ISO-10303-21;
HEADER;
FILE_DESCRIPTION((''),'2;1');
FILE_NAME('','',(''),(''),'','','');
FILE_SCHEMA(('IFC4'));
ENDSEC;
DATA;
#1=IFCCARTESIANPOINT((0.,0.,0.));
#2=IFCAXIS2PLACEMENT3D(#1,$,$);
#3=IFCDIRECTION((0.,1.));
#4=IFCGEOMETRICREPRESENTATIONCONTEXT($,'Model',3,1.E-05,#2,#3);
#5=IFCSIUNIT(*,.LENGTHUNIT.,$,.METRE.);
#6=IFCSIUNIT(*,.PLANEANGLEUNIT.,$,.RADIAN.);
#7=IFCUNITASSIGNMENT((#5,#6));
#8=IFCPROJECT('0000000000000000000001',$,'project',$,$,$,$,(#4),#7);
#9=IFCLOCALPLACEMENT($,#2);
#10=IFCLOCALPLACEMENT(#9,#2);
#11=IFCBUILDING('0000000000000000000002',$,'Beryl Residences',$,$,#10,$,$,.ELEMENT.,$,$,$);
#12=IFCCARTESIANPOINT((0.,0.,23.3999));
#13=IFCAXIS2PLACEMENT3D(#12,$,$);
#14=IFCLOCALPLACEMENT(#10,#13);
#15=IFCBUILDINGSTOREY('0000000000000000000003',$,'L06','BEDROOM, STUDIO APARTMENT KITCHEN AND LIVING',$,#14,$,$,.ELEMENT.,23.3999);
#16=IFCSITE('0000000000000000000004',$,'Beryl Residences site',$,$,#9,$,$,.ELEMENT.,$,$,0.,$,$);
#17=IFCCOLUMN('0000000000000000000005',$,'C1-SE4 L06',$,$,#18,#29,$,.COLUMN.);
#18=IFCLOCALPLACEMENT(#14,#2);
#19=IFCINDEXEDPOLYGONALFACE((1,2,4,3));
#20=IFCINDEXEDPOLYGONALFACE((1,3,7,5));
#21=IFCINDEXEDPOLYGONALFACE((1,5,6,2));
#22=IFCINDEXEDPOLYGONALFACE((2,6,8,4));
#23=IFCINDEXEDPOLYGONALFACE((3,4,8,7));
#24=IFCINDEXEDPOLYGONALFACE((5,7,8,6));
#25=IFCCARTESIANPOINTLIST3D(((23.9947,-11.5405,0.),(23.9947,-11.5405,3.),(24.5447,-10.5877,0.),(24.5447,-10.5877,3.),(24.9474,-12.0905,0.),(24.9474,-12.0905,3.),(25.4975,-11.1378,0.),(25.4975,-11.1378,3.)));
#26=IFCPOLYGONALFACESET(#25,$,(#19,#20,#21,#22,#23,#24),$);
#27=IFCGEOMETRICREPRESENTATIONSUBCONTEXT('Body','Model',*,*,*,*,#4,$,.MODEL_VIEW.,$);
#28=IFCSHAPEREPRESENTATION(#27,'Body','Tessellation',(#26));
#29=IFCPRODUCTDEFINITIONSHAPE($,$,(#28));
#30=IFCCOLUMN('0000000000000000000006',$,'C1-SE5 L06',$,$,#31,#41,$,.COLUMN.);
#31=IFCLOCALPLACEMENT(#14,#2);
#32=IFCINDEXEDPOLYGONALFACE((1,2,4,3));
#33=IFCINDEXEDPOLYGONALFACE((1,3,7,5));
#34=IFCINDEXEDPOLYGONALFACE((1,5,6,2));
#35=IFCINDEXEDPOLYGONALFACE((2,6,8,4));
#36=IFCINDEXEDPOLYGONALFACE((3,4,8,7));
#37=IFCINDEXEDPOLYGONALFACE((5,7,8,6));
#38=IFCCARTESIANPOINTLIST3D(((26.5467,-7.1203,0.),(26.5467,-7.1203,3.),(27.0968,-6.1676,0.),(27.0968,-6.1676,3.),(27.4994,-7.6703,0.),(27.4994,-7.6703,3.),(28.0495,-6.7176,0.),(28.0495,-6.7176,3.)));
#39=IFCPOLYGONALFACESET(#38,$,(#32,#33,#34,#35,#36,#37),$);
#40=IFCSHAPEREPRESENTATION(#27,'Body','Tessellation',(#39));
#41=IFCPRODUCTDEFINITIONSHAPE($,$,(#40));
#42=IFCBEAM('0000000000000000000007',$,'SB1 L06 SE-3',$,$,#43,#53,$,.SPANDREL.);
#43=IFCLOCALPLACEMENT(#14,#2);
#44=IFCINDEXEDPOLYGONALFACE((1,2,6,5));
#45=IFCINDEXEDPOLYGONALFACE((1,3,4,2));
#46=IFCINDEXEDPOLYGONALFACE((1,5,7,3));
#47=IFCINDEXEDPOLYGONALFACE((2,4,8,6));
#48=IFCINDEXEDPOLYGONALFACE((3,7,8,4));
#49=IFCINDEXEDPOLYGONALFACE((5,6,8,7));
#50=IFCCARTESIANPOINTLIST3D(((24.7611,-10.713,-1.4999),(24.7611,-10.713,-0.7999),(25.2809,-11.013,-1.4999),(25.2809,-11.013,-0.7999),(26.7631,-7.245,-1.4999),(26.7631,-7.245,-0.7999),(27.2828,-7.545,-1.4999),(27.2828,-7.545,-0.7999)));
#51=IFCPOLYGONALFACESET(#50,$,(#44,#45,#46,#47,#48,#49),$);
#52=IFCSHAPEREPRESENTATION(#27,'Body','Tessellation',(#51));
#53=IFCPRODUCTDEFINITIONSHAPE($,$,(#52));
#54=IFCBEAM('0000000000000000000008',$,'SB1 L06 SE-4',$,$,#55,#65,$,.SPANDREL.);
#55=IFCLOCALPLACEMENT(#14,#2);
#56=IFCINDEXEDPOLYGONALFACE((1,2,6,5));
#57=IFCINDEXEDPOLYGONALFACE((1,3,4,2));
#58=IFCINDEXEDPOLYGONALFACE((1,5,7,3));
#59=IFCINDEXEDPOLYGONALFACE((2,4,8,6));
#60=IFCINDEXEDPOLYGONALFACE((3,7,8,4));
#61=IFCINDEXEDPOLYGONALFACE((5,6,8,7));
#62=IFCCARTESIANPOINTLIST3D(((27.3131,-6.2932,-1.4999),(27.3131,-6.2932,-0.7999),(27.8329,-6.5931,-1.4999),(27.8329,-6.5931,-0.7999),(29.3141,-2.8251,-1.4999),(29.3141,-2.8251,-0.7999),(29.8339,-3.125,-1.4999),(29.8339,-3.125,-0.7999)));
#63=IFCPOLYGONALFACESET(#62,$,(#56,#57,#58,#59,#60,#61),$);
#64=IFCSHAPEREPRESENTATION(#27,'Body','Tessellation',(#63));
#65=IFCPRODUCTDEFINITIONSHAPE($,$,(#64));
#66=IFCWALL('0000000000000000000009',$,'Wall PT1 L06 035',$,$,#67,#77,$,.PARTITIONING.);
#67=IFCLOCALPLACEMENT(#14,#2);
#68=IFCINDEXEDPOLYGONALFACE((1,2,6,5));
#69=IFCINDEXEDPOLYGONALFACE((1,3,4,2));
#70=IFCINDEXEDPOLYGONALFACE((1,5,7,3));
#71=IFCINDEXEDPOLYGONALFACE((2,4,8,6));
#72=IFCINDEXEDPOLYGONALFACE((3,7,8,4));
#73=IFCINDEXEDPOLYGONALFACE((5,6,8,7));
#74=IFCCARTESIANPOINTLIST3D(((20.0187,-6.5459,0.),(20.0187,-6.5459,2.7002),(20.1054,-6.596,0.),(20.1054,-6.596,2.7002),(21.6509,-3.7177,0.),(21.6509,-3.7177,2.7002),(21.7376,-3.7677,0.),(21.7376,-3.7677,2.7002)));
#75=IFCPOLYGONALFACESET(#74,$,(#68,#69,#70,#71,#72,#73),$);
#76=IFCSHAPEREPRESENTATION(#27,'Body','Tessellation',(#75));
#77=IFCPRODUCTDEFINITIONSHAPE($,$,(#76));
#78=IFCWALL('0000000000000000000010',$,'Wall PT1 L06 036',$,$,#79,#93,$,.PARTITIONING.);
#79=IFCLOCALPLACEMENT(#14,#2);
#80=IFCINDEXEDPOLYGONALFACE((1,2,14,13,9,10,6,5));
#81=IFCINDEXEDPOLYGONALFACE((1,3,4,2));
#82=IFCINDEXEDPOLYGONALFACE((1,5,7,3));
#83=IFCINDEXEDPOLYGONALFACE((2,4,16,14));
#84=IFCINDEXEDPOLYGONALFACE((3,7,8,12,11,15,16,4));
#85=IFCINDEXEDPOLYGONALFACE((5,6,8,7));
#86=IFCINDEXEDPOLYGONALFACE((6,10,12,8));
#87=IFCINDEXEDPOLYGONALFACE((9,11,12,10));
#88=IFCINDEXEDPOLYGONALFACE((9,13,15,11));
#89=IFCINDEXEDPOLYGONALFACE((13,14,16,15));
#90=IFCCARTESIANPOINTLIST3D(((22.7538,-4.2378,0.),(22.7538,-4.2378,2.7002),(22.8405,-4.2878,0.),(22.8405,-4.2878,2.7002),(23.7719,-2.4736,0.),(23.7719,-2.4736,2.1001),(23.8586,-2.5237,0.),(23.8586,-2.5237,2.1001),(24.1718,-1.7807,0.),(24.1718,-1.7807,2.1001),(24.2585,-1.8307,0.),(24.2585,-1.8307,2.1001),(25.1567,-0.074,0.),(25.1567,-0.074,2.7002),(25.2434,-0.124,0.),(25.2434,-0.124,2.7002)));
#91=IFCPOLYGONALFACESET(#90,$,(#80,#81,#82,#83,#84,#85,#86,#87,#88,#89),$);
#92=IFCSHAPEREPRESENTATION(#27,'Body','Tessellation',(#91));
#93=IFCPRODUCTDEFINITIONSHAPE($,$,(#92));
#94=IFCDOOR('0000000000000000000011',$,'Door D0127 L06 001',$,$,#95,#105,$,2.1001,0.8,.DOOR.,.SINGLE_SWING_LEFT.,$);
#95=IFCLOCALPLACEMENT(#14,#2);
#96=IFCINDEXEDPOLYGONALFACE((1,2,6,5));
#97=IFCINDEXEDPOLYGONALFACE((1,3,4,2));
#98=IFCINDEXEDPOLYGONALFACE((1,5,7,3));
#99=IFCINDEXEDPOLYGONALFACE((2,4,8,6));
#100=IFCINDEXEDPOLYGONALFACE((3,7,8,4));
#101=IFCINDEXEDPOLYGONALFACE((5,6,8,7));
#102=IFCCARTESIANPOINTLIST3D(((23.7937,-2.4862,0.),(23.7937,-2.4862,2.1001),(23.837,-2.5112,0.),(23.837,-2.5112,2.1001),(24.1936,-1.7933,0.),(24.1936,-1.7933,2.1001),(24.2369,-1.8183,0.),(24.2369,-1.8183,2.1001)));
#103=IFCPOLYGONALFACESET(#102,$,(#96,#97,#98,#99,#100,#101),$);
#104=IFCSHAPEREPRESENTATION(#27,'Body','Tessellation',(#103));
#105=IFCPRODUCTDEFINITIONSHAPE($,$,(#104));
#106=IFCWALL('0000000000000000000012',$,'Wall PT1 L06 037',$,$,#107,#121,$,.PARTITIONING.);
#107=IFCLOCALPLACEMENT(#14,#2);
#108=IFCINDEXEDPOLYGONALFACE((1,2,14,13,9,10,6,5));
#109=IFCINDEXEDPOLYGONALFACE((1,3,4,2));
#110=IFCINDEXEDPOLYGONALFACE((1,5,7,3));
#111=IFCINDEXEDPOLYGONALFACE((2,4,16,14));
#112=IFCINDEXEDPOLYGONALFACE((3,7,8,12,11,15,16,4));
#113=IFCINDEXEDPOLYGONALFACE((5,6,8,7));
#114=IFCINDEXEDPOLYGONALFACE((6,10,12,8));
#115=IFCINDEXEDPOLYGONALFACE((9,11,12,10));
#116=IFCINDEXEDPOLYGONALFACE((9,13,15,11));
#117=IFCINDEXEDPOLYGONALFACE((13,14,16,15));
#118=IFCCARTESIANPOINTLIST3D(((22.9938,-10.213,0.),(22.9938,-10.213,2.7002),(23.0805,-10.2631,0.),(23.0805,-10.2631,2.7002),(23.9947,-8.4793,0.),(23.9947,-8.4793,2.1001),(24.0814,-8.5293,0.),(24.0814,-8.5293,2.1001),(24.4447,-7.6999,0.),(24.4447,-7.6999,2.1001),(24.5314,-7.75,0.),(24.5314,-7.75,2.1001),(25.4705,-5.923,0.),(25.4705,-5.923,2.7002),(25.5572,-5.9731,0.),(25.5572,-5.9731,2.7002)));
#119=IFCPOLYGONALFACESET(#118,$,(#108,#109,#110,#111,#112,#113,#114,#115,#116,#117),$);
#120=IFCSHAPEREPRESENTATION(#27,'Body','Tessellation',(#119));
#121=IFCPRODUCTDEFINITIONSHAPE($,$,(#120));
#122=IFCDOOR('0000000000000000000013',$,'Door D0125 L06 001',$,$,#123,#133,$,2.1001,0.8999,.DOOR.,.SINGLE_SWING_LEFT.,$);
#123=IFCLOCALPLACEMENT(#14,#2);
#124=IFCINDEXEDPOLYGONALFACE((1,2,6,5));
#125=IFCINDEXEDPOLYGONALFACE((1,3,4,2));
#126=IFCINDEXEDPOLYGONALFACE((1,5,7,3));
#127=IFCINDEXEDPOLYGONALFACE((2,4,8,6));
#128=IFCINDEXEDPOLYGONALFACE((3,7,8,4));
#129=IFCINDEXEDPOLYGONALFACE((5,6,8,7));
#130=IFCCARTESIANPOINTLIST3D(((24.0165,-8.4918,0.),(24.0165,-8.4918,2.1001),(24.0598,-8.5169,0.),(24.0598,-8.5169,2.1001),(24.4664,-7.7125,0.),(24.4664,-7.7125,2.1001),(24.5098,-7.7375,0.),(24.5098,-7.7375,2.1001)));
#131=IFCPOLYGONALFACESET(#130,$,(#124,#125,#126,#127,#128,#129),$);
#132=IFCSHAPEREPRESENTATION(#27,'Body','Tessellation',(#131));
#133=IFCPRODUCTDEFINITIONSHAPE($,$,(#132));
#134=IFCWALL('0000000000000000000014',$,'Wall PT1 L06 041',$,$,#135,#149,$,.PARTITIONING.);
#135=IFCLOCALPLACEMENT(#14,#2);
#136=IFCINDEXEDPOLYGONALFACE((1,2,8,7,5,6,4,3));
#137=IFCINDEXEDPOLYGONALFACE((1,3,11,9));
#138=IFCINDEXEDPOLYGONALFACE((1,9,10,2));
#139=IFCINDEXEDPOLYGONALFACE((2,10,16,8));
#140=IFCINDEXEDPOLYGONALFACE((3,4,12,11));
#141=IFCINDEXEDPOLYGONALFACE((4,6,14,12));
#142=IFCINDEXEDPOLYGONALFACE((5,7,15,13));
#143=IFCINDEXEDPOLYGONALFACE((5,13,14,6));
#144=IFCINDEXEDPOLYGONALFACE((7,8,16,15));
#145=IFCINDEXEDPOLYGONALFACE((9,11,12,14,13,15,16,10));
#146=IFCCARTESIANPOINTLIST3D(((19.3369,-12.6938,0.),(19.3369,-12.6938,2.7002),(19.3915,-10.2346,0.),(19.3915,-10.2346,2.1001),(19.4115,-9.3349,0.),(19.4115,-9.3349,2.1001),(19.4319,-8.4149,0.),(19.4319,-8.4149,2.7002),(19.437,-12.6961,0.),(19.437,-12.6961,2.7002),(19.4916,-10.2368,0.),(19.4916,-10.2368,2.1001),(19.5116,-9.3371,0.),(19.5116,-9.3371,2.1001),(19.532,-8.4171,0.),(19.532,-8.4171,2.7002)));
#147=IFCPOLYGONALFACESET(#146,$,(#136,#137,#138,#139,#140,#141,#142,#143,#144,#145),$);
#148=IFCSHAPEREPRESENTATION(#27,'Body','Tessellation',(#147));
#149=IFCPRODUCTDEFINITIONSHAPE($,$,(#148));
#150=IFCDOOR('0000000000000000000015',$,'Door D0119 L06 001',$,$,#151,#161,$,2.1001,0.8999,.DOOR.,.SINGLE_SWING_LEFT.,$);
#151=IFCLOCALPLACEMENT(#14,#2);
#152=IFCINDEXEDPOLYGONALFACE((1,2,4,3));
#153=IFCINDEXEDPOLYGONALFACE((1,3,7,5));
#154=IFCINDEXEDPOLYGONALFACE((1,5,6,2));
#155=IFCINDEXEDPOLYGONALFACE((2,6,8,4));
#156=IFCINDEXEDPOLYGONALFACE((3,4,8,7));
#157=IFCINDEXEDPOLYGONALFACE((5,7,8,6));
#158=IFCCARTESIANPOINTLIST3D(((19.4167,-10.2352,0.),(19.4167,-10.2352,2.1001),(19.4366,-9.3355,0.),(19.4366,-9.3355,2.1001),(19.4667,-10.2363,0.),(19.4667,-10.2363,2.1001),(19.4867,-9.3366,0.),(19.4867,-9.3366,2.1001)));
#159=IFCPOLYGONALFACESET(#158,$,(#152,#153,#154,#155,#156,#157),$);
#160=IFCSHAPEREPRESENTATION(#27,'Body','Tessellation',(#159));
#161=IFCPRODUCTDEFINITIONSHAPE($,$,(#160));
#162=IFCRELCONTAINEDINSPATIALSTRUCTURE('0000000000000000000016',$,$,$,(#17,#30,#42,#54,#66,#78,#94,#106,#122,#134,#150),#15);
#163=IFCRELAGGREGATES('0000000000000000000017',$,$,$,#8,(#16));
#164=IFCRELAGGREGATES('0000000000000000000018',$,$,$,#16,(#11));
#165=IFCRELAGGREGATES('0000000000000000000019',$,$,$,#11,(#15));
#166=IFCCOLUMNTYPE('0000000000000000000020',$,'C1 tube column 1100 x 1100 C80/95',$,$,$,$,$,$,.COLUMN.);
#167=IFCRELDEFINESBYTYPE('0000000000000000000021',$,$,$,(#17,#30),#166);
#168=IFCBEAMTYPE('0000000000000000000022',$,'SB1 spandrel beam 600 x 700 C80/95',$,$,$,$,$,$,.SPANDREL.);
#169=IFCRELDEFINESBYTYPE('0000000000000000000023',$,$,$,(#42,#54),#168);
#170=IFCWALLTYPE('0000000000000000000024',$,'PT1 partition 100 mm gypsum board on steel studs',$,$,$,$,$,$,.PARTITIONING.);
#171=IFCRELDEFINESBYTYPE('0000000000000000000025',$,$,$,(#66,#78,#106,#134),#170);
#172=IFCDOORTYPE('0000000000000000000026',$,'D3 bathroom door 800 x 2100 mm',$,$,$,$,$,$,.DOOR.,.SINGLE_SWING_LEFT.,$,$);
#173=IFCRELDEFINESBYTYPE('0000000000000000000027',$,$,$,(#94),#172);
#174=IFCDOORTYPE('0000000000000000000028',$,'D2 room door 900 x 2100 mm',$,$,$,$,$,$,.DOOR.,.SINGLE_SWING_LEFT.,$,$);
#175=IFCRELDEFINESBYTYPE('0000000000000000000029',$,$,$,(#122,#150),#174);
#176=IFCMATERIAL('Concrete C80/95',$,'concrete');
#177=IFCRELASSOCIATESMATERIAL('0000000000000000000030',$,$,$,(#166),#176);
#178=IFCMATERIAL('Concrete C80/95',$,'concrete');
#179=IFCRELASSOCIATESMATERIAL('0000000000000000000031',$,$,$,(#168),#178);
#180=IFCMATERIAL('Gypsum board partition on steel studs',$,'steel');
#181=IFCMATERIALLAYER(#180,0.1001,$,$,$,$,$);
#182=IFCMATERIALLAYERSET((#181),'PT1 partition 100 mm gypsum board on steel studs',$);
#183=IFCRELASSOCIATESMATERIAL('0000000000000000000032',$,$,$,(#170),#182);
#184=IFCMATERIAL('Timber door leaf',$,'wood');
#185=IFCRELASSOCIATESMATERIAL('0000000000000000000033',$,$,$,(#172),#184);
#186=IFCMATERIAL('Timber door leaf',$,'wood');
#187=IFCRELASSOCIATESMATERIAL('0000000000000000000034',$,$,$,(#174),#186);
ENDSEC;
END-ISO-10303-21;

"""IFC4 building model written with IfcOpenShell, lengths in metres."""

from ifc_helpers import new_model, si_unit, direction, frame, frame_2d, origin, origin_2d, place, context, subcontext, project, spatial, rectangle, extrude, material, layer, layer_set, material_profile, profile_set, type_object, element, fill, save


model = new_model("IFC4")

# Units and contexts
model_context = context("Model", 3, precision=1e-05, world=origin(), true_north=direction((0.0, 1.0)))
body_context = subcontext(model_context, "Body", "Model", "MODEL_VIEW")
ifc_project = project(units=[si_unit("LENGTHUNIT", "METRE"), si_unit("PLANEANGLEUNIT", "RADIAN")], contexts=[model_context])

# Site, building, storey
site_placement = place(None, origin())
site = spatial("IfcSite", under=ifc_project, at=site_placement, Name="Beryl Residences site", CompositionType="ELEMENT", RefElevation=0.0)
building_placement = place(site_placement, origin())
building = spatial("IfcBuilding", under=site, at=building_placement, Name="Beryl Residences", CompositionType="ELEMENT")
storey_placement = place(building_placement, frame((0.0, 0.0, 23.3999)))
storey = spatial("IfcBuildingStorey", under=building, at=storey_placement, Name="L06", Description="BEDROOM, STUDIO APARTMENT KITCHEN AND LIVING", CompositionType="ELEMENT", Elevation=23.3999)

# Columns
ifc_material_1 = material(Name="Concrete C80/95", Category="concrete")
ifc_material_profile_1 = material_profile(ifc_material_1, rectangle(XDim=1.1001, YDim=1.1001, at=origin_2d()))
ifc_profile_set_1 = profile_set([ifc_material_profile_1], Name="Concrete C80/95")
column_type = type_object("IfcColumnType", Name="C1 tube column 1100 x 1100 C80/95", PredefinedType="COLUMN", material=ifc_profile_set_1)
for number, where, z_axis, x_axis, name in (
    (1, (24.7461, -11.3391, 0.0), (0.0, 0.0, 1.0), (0.499985, 0.866034, 0.0), "C1-SE4 L06"),
    (2, (27.2981, -6.9189, 0.0), (0.0, 0.0, 1.0), (0.499985, 0.866034, 0.0), "C1-SE5 L06"),
):
    element("IfcColumn", number, at=place(storey_placement, frame(where, z_axis=z_axis, x_axis=x_axis)), inside=storey, type_object=column_type, Name=name, PredefinedType="COLUMN", context=body_context, shape_type="SweptSolid", body=[
        extrude(rectangle(XDim=1.1001, YDim=1.1001, at=origin_2d()), origin(), (0.0, 0.0, 1.0), 3.0),
    ])

# Beams
ifc_material_2 = material(Name="Concrete C80/95", Category="concrete")
ifc_material_profile_2 = material_profile(ifc_material_2, rectangle(XDim=0.6001, YDim=0.7, at=origin_2d()))
ifc_profile_set_2 = profile_set([ifc_material_profile_2], Name="Concrete C80/95")
beam_type = type_object("IfcBeamType", Name="SB1 spandrel beam 600 x 700 C80/95", PredefinedType="SPANDREL", material=ifc_profile_set_2)
beam_1_placement = place(storey_placement, frame((25.021, -10.863, -1.1499), z_axis=(0.499942, 0.866059, 0.0), x_axis=(-0.866059, 0.499942, 0.0)))
element("IfcBeam", 3, at=beam_1_placement, inside=storey, type_object=beam_type, Name="SB1 L06 SE-3", PredefinedType="SPANDREL", context=body_context, shape_type="SweptSolid", body=[
    extrude(rectangle(XDim=0.6001, YDim=0.7, at=origin_2d()), origin(), (0.0, 0.0, 1.0), 4.0044),
])
beam_2_placement = place(storey_placement, frame((27.573, -6.4431, -1.1499), z_axis=(0.499759, 0.866164, 0.0), x_axis=(-0.866164, 0.499759, 0.0)))
element("IfcBeam", 4, at=beam_2_placement, inside=storey, type_object=beam_type, Name="SB1 L06 SE-4", PredefinedType="SPANDREL", context=body_context, shape_type="SweptSolid", body=[
    extrude(rectangle(XDim=0.6001, YDim=0.7, at=origin_2d()), origin(), (0.0, 0.0, 1.0), 4.0039),
])

# Wall
ifc_material_3 = material(Name="Gypsum board partition on steel studs", Category="steel")
ifc_layer = layer(ifc_material_3, 0.1001)
ifc_layer_set = layer_set([ifc_layer], Name="PT1 partition 100 mm gypsum board on steel studs")
wall_type = type_object("IfcWallType", Name="PT1 partition 100 mm gypsum board on steel studs", PredefinedType="PARTITIONING", material=ifc_layer_set)
wall_1_placement = place(storey_placement, frame((20.062, -6.571, 0.0), z_axis=(0.0, 0.0, 1.0), x_axis=(0.49983, 0.866123, 0.0)))
element("IfcWall", 5, at=wall_1_placement, inside=storey, type_object=wall_type, Name="Wall PT1 L06 035", PredefinedType="PARTITIONING", context=body_context, shape_type="SweptSolid", body=[
    extrude(rectangle(XDim=3.2654, YDim=0.1001, at=frame_2d((1.6328, 0.0))), origin(), (0.0, 0.0, 1.0), 2.7002),
])

# Walls, openings, doors
wall_2_placement = place(storey_placement, frame((22.7971, -4.2629, 0.0), z_axis=(0.0, 0.0, 1.0), x_axis=(0.499821, 0.866129, 0.0)))
wall_2 = element("IfcWall", 6, at=wall_2_placement, inside=storey, type_object=wall_type, Name="Wall PT1 L06 036", PredefinedType="PARTITIONING", context=body_context, shape_type="SweptSolid", body=[
    extrude(rectangle(XDim=4.8074, YDim=0.1001, at=frame_2d((2.4038, 0.0))), origin(), (0.0, 0.0, 1.0), 2.7002),
])
opening_1_placement = place(wall_2_placement, frame((2.0371, 0.0, 0.0)))
opening_1 = element("IfcOpeningElement", 7, at=opening_1_placement, cuts=wall_2, PredefinedType="OPENING", context=body_context, shape_type="SweptSolid", body=[
    extrude(rectangle(XDim=0.8, YDim=2.1001, at=frame_2d((0.3999, 1.05))), frame((0.0, 0.0601, 0.0), z_axis=(0.0, -1.0, 0.0), x_axis=(1.0, 0.0, 0.0)), (0.0, 0.0, 1.0), 0.1201),
])
ifc_material_4 = material(Name="Timber door leaf", Category="wood")
door_type_1 = type_object("IfcDoorType", Name="D3 bathroom door 800 x 2100 mm", OperationType="SINGLE_SWING_LEFT", PredefinedType="DOOR", material=ifc_material_4)
door_1_placement = place(opening_1_placement, origin())
door_1 = element("IfcDoor", 8, at=door_1_placement, inside=storey, type_object=door_type_1, Name="Door D0127 L06 001", OperationType="SINGLE_SWING_LEFT", OverallHeight=2.1001, OverallWidth=0.8, PredefinedType="DOOR", context=body_context, shape_type="SweptSolid", body=[
    extrude(rectangle(XDim=0.8, YDim=2.1001, at=frame_2d((0.3999, 1.05))), frame((0.0, 0.0249, 0.0), z_axis=(0.0, -1.0, 0.0), x_axis=(1.0, 0.0, 0.0)), (0.0, 0.0, 1.0), 0.05),
])
fill(opening_1, door_1)
wall_3_placement = place(storey_placement, frame((23.0371, -10.238, 0.0), z_axis=(0.0, 0.0, 1.0), x_axis=(0.499993, 0.86603, 0.0)))
wall_3 = element("IfcWall", 9, at=wall_3_placement, inside=storey, type_object=wall_type, Name="Wall PT1 L06 037", PredefinedType="PARTITIONING", context=body_context, shape_type="SweptSolid", body=[
    extrude(rectangle(XDim=4.9536, YDim=0.1001, at=frame_2d((2.4768, 0.0))), origin(), (0.0, 0.0, 1.0), 2.7002),
])
opening_2_placement = place(wall_3_placement, frame((2.002, 0.0, 0.0)))
opening_2 = element("IfcOpeningElement", 10, at=opening_2_placement, cuts=wall_3, PredefinedType="OPENING", context=body_context, shape_type="SweptSolid", body=[
    extrude(rectangle(XDim=0.8999, YDim=2.1001, at=frame_2d((0.45, 1.05))), frame((0.0, 0.0601, 0.0), z_axis=(0.0, -1.0, 0.0), x_axis=(1.0, 0.0, 0.0)), (0.0, 0.0, 1.0), 0.1201),
])
ifc_material_5 = material(Name="Timber door leaf", Category="wood")
door_type_2 = type_object("IfcDoorType", Name="D2 room door 900 x 2100 mm", OperationType="SINGLE_SWING_LEFT", PredefinedType="DOOR", material=ifc_material_5)
door_2_placement = place(opening_2_placement, origin())
door_2 = element("IfcDoor", 11, at=door_2_placement, inside=storey, type_object=door_type_2, Name="Door D0125 L06 001", OperationType="SINGLE_SWING_LEFT", OverallHeight=2.1001, OverallWidth=0.8999, PredefinedType="DOOR", context=body_context, shape_type="SweptSolid", body=[
    extrude(rectangle(XDim=0.8999, YDim=2.1001, at=frame_2d((0.45, 1.05))), frame((0.0, 0.0249, 0.0), z_axis=(0.0, -1.0, 0.0), x_axis=(1.0, 0.0, 0.0)), (0.0, 0.0, 1.0), 0.05),
])
fill(opening_2, door_2)
wall_4_placement = place(storey_placement, frame((19.387, -12.6951, 0.0), z_axis=(0.0, 0.0, 1.0), x_axis=(0.022189, 0.999754, 0.0)))
wall_4 = element("IfcWall", 12, at=wall_4_placement, inside=storey, type_object=wall_type, Name="Wall PT1 L06 041", PredefinedType="PARTITIONING", context=body_context, shape_type="SweptSolid", body=[
    extrude(rectangle(XDim=4.28, YDim=0.1001, at=frame_2d((2.1401, 0.0))), origin(), (0.0, 0.0, 1.0), 2.7002),
])
opening_3_placement = place(wall_4_placement, frame((2.46, 0.0, 0.0)))
opening_3 = element("IfcOpeningElement", 13, at=opening_3_placement, cuts=wall_4, PredefinedType="OPENING", context=body_context, shape_type="SweptSolid", body=[
    extrude(rectangle(XDim=0.8999, YDim=2.1001, at=frame_2d((0.45, 1.05))), frame((0.0, 0.0601, 0.0), z_axis=(0.0, -1.0, 0.0), x_axis=(1.0, 0.0, 0.0)), (0.0, 0.0, 1.0), 0.1201),
])
door_3_placement = place(opening_3_placement, origin())
door_3 = element("IfcDoor", 14, at=door_3_placement, inside=storey, type_object=door_type_2, Name="Door D0119 L06 001", OperationType="SINGLE_SWING_LEFT", OverallHeight=2.1001, OverallWidth=0.8999, PredefinedType="DOOR", context=body_context, shape_type="SweptSolid", body=[
    extrude(rectangle(XDim=0.8999, YDim=2.1001, at=frame_2d((0.45, 1.05))), frame((0.0, 0.0249, 0.0), z_axis=(0.0, -1.0, 0.0), x_axis=(1.0, 0.0, 0.0)), (0.0, 0.0, 1.0), 0.05),
])
fill(opening_3, door_3)

save(model, "model.ifc")
